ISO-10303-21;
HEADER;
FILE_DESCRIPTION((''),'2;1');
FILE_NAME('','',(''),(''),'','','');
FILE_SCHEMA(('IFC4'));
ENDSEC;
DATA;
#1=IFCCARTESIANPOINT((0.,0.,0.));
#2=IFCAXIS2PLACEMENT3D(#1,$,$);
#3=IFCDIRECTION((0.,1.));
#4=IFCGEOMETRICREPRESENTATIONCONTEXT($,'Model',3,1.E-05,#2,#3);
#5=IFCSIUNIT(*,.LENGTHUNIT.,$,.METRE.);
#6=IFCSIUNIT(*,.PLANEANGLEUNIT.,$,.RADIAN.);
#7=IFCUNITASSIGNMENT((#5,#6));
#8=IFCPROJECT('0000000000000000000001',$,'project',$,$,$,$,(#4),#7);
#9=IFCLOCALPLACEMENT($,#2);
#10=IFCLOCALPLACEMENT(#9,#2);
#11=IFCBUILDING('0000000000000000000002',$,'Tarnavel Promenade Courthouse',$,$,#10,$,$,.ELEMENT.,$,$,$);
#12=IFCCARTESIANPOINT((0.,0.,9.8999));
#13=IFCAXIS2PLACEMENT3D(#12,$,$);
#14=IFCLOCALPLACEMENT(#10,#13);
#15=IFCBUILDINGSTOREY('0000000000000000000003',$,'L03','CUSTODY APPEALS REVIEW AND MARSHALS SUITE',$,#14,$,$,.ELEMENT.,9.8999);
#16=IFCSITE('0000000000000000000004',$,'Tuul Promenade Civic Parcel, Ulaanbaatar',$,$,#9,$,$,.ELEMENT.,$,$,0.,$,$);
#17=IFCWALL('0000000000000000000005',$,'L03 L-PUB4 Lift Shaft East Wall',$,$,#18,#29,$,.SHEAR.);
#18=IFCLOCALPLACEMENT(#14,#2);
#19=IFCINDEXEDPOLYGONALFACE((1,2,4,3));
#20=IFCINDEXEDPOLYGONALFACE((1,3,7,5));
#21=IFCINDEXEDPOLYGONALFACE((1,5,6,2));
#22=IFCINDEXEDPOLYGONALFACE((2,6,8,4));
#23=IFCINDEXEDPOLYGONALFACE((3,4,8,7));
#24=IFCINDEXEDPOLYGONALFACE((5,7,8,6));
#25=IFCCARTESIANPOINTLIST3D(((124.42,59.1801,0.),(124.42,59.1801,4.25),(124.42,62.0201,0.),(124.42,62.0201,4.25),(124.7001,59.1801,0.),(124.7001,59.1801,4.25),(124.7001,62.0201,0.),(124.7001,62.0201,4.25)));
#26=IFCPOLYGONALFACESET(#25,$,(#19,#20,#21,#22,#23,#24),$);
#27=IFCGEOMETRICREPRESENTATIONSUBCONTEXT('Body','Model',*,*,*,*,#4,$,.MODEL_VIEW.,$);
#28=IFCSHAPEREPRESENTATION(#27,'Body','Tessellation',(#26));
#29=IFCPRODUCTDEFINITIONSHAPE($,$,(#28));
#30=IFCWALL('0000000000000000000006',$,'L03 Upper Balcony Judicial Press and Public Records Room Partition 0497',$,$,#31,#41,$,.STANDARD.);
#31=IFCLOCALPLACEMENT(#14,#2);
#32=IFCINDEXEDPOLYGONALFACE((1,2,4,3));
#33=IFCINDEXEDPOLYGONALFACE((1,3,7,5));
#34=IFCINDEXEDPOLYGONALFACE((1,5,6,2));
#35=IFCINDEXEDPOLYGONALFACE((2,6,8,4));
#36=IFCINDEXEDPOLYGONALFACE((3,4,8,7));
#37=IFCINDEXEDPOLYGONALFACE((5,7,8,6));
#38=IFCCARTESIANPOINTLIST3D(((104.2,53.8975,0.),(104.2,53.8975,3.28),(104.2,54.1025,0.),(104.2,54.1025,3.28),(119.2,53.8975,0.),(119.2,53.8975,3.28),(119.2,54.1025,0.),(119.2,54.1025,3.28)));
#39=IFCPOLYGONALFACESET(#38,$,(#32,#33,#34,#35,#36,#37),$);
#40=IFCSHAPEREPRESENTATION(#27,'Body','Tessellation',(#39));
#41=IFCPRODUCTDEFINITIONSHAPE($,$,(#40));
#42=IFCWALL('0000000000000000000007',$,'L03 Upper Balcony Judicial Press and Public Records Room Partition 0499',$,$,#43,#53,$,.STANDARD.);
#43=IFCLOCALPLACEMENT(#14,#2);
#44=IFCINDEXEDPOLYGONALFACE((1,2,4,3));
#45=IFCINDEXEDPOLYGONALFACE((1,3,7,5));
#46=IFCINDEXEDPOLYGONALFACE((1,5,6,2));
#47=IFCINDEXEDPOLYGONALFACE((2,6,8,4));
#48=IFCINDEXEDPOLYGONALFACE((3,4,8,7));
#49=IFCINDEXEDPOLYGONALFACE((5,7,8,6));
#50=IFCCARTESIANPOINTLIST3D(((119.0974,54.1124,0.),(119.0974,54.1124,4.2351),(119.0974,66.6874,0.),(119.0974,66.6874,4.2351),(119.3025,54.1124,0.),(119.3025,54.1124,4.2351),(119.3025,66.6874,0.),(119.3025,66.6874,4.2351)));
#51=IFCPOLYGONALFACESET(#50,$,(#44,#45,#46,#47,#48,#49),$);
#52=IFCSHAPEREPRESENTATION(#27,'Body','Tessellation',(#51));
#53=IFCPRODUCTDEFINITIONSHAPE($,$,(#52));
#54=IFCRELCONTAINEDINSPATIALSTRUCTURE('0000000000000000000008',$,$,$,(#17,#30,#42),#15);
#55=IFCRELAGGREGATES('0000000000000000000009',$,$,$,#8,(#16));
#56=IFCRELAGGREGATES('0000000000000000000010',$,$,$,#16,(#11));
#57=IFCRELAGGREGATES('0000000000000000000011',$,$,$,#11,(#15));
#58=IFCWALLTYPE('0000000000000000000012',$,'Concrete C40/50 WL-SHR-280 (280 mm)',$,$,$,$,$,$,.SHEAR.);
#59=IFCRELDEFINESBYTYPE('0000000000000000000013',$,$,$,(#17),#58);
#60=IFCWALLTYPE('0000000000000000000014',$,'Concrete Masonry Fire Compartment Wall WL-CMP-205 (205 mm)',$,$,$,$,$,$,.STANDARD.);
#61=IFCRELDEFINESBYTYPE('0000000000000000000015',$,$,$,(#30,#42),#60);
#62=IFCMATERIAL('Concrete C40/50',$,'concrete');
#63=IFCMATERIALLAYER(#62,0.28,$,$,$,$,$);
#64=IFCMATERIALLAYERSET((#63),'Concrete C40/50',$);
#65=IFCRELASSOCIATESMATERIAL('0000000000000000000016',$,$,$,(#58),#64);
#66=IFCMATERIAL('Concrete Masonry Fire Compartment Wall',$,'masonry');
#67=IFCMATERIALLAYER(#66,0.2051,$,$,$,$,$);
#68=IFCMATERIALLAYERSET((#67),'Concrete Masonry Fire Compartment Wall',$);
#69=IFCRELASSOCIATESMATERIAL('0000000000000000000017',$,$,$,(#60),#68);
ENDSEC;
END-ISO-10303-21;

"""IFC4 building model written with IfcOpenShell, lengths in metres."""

from ifc_helpers import new_model, si_unit, direction, frame, frame_2d, origin, place, context, subcontext, project, spatial, rectangle, extrude, material, layer, layer_set, type_object, element, save


model = new_model("IFC4")

# Units and contexts
model_context = context("Model", 3, precision=1e-05, world=origin(), true_north=direction((0.0, 1.0)))
body_context = subcontext(model_context, "Body", "Model", "MODEL_VIEW")
ifc_project = project(units=[si_unit("LENGTHUNIT", "METRE"), si_unit("PLANEANGLEUNIT", "RADIAN")], contexts=[model_context])

# Site, building, storey
site_placement = place(None, origin())
site = spatial("IfcSite", under=ifc_project, at=site_placement, Name="Tuul Promenade Civic Parcel, Ulaanbaatar", CompositionType="ELEMENT", RefElevation=0.0)
building_placement = place(site_placement, origin())
building = spatial("IfcBuilding", under=site, at=building_placement, Name="Tarnavel Promenade Courthouse", CompositionType="ELEMENT")
storey_placement = place(building_placement, frame((0.0, 0.0, 9.8999)))
storey = spatial("IfcBuildingStorey", under=building, at=storey_placement, Name="L03", Description="CUSTODY APPEALS REVIEW AND MARSHALS SUITE", CompositionType="ELEMENT", Elevation=9.8999)

# Shared definitions
ifc_material_1 = material(Name="Concrete C40/50", Category="concrete")

# Walls
ifc_layer_1 = layer(ifc_material_1, 0.28)
ifc_layer_set_1 = layer_set([ifc_layer_1], Name="Concrete C40/50")
wall_type_1 = type_object("IfcWallType", Name="Concrete C40/50 WL-SHR-280 (280 mm)", PredefinedType="SHEAR", material=ifc_layer_set_1)
for number, where, z_axis, x_axis, name in (
    (1, (124.5601, 62.02, 0.0), (0.0, 0.0, 1.0), (0.0, -1.0, 0.0), "L03 L-PUB4 Lift Shaft East Wall"),
):
    element("IfcWall", number, at=place(storey_placement, frame(where, z_axis=z_axis, x_axis=x_axis)), inside=storey, type_object=wall_type_1, Name=name, PredefinedType="SHEAR", context=body_context, shape_type="SweptSolid", body=[
        extrude(rectangle(XDim=2.8401, YDim=0.28, at=frame_2d((1.4199, 0.0))), origin(), (0.0, 0.0, 1.0), 4.25),
    ])
ifc_material_2 = material(Name="Concrete Masonry Fire Compartment Wall", Category="masonry")
ifc_layer_2 = layer(ifc_material_2, 0.2051)
ifc_layer_set_2 = layer_set([ifc_layer_2], Name="Concrete Masonry Fire Compartment Wall")
wall_type_2 = type_object("IfcWallType", Name="Concrete Masonry Fire Compartment Wall WL-CMP-205 (205 mm)", PredefinedType="STANDARD", material=ifc_layer_set_2)
wall_1_placement = place(storey_placement, frame((119.2, 54.0, 0.0), z_axis=(0.0, 0.0, 1.0), x_axis=(-1.0, 0.0, 0.0)))
element("IfcWall", 2, at=wall_1_placement, inside=storey, type_object=wall_type_2, Name="L03 Upper Balcony Judicial Press and Public Records Room Partition 0497", PredefinedType="STANDARD", context=body_context, shape_type="SweptSolid", body=[
    extrude(rectangle(XDim=15.0, YDim=0.2051, at=frame_2d((7.5, 0.0))), origin(), (0.0, 0.0, 1.0), 3.28),
])
wall_2_placement = place(storey_placement, frame((119.2, 66.6875, 0.0), z_axis=(0.0, 0.0, 1.0), x_axis=(0.0, -1.0, 0.0)))
element("IfcWall", 3, at=wall_2_placement, inside=storey, type_object=wall_type_2, Name="L03 Upper Balcony Judicial Press and Public Records Room Partition 0499", PredefinedType="STANDARD", context=body_context, shape_type="SweptSolid", body=[
    extrude(rectangle(XDim=12.575, YDim=0.2051, at=frame_2d((6.2876, 0.0))), origin(), (0.0, 0.0, 1.0), 4.2351),
])

save(model, "model.ifc")
